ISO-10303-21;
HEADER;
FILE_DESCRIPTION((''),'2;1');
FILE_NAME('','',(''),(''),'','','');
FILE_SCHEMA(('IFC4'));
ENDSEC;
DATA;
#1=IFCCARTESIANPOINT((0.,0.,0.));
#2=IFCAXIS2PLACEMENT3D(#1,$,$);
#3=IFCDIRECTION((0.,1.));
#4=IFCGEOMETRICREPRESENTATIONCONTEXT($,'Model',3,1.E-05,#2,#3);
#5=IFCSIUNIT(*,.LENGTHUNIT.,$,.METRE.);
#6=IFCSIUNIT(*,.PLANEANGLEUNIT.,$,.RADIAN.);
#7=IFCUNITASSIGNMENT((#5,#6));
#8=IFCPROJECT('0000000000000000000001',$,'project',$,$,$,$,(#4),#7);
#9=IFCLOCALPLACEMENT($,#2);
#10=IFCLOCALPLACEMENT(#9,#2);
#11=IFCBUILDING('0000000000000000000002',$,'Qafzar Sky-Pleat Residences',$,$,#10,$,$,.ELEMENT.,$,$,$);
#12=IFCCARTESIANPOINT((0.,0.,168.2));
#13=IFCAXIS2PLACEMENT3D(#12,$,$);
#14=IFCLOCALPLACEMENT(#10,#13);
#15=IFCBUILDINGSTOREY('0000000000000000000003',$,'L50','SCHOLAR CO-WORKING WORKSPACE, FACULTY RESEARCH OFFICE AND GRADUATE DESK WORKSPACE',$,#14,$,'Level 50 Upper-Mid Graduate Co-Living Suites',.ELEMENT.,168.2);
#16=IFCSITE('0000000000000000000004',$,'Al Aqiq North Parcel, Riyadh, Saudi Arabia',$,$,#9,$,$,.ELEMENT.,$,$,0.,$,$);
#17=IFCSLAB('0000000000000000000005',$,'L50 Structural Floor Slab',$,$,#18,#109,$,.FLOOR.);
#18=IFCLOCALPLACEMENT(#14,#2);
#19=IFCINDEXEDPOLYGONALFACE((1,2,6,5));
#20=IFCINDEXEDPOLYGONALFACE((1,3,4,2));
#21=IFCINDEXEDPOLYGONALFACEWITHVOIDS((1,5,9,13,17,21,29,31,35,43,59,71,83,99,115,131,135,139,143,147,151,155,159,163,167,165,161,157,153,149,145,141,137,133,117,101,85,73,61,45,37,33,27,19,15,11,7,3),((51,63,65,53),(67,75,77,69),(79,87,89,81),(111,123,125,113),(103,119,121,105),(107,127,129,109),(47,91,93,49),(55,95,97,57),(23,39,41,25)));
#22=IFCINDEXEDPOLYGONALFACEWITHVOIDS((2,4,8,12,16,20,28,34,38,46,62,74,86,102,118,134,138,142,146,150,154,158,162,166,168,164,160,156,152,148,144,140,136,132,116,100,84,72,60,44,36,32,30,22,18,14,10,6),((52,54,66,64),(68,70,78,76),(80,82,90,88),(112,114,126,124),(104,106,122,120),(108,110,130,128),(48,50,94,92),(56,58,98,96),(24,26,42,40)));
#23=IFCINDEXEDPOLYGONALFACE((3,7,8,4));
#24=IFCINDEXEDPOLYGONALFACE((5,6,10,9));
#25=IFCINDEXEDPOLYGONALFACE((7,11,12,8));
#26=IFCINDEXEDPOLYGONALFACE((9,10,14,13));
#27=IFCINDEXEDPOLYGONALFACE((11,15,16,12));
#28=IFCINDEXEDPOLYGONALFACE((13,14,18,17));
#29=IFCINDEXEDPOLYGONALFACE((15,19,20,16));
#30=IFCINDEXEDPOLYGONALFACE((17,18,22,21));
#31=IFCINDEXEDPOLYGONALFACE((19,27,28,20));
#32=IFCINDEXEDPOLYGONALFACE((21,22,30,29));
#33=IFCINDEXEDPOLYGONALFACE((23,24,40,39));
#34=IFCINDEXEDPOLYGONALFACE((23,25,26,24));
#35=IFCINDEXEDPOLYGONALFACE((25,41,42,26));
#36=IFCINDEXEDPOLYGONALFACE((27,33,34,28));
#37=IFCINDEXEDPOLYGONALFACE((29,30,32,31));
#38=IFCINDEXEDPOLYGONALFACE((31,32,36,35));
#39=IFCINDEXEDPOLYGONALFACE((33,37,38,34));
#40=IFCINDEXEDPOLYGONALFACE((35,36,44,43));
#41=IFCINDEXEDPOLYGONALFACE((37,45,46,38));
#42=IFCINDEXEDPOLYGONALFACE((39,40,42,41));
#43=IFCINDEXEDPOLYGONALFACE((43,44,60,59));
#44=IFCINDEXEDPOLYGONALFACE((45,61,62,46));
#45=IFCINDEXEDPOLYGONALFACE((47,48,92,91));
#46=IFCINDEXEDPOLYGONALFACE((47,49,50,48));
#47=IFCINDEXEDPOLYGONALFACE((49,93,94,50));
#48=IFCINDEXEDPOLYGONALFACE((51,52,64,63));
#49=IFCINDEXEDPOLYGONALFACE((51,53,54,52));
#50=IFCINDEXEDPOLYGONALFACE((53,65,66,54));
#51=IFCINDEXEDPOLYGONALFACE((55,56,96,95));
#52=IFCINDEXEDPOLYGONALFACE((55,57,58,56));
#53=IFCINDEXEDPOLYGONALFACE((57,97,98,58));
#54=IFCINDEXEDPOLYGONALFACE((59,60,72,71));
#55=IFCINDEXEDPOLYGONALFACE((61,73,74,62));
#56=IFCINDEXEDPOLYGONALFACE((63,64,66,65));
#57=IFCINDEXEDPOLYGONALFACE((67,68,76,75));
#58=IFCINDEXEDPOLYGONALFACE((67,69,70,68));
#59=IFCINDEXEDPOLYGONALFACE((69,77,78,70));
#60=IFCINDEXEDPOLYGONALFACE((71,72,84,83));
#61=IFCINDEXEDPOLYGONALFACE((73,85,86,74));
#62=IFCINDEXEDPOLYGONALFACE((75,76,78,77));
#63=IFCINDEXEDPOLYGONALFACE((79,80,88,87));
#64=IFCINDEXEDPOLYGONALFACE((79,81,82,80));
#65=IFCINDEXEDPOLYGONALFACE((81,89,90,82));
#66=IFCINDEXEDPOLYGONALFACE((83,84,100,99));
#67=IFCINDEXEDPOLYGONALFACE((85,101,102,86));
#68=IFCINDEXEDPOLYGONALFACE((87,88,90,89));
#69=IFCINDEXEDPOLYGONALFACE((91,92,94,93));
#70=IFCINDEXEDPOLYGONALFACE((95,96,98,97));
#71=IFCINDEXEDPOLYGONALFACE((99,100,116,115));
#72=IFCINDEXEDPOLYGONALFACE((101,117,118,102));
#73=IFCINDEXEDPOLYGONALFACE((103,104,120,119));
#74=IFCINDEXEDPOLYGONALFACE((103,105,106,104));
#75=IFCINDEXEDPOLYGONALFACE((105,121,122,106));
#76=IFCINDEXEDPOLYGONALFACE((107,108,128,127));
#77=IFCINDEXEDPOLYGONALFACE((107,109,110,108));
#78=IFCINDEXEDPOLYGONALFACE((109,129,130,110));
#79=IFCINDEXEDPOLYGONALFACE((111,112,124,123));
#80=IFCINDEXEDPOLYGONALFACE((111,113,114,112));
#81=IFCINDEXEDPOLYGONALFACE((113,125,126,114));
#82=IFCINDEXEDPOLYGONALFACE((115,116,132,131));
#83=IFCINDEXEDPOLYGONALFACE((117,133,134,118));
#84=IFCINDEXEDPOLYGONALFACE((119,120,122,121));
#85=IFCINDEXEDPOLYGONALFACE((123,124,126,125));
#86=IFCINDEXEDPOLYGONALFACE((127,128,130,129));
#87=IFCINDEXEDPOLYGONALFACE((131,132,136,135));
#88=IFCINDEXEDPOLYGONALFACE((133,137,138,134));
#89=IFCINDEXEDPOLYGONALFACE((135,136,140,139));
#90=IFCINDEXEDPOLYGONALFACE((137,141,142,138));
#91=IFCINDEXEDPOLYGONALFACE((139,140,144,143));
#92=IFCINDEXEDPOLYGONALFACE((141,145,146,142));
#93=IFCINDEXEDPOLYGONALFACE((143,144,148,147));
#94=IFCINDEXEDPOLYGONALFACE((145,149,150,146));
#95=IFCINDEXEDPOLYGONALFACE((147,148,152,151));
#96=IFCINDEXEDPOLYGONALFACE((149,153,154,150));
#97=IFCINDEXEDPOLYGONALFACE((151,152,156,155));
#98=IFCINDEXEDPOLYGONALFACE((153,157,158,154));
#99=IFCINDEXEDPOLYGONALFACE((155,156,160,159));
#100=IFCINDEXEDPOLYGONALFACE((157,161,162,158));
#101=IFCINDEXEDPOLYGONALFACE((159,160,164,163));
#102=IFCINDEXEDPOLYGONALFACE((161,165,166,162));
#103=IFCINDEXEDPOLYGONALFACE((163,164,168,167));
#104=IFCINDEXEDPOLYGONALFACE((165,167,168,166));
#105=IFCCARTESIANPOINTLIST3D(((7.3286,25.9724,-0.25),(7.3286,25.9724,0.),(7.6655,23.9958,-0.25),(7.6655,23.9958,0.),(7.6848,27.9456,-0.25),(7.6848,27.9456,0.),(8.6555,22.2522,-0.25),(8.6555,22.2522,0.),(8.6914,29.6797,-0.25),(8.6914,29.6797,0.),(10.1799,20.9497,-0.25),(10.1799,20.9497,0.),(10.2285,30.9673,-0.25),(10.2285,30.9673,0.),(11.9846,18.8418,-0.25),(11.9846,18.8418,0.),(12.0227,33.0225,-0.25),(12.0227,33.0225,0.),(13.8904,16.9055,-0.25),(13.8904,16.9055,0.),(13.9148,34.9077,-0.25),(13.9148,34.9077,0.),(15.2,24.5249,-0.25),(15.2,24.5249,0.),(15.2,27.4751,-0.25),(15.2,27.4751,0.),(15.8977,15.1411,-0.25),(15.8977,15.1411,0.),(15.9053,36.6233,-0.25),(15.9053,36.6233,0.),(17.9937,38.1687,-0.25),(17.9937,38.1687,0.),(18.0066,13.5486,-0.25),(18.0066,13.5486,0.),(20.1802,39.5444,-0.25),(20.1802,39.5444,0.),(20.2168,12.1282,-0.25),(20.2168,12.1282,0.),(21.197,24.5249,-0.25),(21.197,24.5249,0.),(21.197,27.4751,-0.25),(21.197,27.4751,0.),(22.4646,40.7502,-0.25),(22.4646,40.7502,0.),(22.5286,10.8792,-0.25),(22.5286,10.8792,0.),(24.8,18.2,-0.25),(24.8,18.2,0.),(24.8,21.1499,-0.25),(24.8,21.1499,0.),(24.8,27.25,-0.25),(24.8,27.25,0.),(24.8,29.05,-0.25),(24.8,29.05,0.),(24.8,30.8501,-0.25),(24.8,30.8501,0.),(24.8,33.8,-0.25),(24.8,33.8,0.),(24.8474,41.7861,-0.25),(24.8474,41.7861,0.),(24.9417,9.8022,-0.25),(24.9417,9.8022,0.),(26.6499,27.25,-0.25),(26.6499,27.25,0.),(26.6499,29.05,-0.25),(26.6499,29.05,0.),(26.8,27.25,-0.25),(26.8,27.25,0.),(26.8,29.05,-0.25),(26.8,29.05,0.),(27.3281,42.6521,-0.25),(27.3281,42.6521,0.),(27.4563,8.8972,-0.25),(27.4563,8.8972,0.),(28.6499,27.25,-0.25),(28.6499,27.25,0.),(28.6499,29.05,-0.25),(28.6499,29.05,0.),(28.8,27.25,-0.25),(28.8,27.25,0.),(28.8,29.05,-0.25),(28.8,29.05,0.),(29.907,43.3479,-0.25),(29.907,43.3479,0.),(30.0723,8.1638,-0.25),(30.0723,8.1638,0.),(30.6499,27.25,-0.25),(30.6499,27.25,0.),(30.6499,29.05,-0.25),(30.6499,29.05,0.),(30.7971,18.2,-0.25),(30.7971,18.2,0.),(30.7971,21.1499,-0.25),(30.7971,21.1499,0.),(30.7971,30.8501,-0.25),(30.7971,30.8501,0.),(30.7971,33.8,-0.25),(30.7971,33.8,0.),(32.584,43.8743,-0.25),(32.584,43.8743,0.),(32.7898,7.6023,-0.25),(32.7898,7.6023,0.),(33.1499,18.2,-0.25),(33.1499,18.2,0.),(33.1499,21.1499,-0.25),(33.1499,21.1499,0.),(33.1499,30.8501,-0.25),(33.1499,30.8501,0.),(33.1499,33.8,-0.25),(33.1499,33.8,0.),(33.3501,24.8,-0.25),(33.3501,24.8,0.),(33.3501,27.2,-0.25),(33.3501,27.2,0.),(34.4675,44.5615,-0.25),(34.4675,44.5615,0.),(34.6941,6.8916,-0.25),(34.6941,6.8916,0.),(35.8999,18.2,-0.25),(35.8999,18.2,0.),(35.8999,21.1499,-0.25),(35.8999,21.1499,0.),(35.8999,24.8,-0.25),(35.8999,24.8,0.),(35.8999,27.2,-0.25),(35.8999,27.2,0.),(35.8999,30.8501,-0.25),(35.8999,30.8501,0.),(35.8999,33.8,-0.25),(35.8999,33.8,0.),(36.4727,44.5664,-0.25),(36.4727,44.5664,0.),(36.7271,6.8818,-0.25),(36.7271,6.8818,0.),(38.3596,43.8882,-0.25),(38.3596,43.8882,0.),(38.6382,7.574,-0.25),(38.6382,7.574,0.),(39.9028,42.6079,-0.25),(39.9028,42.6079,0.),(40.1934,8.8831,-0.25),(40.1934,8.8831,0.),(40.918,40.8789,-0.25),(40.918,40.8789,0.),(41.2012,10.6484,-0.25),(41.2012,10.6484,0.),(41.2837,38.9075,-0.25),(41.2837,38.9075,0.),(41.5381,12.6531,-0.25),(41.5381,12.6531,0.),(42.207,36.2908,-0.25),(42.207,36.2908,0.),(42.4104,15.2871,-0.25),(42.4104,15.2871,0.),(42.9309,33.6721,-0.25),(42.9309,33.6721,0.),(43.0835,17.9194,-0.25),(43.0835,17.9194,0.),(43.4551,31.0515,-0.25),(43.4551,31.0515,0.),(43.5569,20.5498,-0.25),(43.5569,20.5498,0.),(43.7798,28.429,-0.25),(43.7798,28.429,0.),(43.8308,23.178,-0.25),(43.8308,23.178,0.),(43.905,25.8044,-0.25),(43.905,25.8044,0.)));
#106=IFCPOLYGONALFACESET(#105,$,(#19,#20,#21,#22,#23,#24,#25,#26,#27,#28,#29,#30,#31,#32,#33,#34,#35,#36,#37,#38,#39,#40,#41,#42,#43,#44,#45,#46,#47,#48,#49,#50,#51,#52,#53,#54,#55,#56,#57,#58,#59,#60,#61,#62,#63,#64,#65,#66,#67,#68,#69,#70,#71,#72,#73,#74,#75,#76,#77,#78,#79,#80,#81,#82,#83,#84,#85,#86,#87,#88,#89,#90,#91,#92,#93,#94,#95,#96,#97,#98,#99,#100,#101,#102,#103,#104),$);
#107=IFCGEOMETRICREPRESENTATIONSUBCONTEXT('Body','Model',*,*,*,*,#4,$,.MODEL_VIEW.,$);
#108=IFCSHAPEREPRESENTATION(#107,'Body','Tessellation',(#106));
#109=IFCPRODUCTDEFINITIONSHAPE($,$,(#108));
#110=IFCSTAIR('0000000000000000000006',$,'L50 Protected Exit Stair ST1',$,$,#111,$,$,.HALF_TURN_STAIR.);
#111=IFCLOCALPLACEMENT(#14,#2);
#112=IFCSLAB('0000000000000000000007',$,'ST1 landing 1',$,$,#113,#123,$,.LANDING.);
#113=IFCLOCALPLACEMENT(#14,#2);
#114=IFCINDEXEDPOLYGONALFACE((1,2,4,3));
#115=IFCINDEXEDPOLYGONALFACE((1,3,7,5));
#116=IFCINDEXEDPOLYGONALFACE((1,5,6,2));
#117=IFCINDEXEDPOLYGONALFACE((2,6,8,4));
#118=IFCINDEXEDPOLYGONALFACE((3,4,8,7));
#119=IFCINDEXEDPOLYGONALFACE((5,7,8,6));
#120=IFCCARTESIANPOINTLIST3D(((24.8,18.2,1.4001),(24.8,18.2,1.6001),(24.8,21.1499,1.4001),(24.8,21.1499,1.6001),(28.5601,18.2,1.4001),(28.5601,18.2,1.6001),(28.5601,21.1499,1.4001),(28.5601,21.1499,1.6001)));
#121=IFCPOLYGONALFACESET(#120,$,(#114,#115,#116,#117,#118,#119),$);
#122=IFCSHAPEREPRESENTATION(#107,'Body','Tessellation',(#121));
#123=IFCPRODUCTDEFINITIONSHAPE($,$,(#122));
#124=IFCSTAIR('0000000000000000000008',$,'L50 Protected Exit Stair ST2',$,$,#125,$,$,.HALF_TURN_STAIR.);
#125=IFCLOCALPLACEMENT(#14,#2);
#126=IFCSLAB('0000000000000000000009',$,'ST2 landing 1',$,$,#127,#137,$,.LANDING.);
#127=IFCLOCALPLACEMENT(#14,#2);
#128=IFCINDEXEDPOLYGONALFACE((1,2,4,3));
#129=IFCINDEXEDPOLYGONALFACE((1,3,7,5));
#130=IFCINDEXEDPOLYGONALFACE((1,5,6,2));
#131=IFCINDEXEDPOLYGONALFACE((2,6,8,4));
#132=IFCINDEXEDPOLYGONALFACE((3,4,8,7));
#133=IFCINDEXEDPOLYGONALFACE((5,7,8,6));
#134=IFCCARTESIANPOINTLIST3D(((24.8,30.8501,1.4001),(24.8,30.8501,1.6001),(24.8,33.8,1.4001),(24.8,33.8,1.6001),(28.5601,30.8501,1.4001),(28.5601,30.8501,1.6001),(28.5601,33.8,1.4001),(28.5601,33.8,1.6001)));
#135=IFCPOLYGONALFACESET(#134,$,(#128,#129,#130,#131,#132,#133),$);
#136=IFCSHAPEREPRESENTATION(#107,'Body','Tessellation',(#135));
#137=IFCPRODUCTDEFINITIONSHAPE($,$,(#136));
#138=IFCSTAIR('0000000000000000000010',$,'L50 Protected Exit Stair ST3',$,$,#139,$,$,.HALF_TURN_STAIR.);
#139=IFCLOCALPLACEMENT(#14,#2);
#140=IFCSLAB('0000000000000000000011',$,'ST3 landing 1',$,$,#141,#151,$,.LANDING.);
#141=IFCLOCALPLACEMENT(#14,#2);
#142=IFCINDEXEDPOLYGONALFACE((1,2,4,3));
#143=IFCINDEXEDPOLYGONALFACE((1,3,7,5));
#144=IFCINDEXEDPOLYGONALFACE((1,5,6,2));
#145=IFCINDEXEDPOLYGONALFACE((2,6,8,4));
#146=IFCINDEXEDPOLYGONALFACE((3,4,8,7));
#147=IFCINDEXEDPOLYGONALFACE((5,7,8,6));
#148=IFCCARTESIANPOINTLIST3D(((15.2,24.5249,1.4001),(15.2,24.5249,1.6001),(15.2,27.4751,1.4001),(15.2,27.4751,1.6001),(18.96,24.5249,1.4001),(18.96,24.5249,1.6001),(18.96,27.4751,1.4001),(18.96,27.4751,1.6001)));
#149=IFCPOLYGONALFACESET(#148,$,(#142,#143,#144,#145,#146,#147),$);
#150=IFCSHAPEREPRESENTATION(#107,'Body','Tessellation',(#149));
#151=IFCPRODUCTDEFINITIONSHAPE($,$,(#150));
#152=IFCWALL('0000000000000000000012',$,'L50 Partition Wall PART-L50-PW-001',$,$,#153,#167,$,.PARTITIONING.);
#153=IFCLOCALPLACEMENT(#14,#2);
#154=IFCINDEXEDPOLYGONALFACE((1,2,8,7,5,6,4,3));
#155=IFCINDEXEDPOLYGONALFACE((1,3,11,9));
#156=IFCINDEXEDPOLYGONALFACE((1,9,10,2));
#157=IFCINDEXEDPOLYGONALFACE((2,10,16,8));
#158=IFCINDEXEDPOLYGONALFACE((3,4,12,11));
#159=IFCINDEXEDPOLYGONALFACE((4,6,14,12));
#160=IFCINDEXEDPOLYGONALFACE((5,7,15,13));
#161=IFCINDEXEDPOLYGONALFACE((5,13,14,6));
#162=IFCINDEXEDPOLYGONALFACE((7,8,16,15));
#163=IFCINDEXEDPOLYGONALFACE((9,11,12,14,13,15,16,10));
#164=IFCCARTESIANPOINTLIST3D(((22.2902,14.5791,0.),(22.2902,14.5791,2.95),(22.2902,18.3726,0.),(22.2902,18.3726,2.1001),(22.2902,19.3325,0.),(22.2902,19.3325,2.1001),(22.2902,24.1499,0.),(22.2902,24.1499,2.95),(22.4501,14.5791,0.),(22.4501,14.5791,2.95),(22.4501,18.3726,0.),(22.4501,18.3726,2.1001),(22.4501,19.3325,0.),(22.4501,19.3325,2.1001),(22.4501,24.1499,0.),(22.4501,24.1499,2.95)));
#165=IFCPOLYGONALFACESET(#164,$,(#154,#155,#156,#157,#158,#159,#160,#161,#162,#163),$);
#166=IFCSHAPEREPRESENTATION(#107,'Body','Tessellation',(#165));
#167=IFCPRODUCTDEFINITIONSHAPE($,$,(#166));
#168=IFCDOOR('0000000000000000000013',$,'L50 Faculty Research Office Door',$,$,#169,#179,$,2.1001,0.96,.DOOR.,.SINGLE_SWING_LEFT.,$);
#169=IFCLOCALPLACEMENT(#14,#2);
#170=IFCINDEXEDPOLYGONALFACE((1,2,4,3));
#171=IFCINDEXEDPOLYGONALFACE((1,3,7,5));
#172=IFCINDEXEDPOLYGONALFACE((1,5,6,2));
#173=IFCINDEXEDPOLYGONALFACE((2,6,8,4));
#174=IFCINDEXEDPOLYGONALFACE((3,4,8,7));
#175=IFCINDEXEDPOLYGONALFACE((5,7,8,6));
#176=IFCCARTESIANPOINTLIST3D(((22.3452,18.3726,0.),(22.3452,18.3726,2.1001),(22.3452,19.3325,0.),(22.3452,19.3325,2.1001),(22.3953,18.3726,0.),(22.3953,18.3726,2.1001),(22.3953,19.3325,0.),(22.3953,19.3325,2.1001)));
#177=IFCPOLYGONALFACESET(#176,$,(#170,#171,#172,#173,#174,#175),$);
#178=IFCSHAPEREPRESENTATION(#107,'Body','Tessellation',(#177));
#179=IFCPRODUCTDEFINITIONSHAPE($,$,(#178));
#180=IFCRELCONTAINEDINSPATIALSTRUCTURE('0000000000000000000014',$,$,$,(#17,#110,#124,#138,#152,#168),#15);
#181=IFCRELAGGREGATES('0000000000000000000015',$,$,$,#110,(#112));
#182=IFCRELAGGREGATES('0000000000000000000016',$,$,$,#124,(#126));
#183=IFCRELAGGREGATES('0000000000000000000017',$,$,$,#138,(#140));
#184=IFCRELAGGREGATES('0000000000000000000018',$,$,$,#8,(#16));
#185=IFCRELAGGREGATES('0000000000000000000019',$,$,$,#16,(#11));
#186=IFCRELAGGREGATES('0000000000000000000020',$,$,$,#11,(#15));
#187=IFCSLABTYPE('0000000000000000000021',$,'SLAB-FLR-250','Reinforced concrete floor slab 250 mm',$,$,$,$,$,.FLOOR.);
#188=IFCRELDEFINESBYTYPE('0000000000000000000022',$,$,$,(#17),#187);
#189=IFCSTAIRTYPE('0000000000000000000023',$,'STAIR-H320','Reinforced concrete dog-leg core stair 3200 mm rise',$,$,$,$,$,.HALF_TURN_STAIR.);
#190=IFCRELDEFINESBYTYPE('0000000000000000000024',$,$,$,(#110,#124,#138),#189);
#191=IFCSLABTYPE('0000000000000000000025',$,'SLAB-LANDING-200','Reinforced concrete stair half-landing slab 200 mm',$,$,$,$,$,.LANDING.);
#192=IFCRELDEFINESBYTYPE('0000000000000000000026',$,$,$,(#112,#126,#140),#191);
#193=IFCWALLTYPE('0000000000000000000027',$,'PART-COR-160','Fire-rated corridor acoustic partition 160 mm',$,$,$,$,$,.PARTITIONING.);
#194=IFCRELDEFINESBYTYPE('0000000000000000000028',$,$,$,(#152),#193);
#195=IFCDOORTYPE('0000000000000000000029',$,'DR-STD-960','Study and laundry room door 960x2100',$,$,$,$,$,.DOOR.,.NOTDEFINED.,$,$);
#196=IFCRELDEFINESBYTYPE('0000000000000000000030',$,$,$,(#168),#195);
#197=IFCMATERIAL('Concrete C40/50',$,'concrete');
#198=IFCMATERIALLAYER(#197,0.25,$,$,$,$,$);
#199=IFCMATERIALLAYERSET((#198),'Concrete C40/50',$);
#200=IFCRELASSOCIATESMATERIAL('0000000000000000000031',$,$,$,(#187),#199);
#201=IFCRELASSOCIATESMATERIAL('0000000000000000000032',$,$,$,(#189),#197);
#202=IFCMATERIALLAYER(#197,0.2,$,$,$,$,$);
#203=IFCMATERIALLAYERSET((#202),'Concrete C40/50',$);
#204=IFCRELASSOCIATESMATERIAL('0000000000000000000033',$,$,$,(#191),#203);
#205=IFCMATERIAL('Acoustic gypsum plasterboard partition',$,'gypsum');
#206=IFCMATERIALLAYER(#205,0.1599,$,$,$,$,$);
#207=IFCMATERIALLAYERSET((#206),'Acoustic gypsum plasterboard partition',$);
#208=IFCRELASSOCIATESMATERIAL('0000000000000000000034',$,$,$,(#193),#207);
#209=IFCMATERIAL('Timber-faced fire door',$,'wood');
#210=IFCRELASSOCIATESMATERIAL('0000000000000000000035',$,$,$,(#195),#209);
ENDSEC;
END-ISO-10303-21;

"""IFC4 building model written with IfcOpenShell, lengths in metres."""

from ifc_helpers import new_model, si_unit, direction, frame, frame_2d, origin, place, context, subcontext, project, spatial, polyline, rectangle, outline, extrude, source, transform, mapped, material, layer, layer_set, type_object, element, fill, aggregate, save


model = new_model("IFC4")

# Units and contexts
model_context = context("Model", 3, precision=1e-05, world=origin(), true_north=direction((0.0, 1.0)))
body_context = subcontext(model_context, "Body", "Model", "MODEL_VIEW")
ifc_project = project(units=[si_unit("LENGTHUNIT", "METRE"), si_unit("PLANEANGLEUNIT", "RADIAN")], contexts=[model_context])

# Site, building, storey
site_placement = place(None, origin())
site = spatial("IfcSite", under=ifc_project, at=site_placement, Name="Al Aqiq North Parcel, Riyadh, Saudi Arabia", CompositionType="ELEMENT", RefElevation=0.0)
building_placement = place(site_placement, origin())
building = spatial("IfcBuilding", under=site, at=building_placement, Name="Qafzar Sky-Pleat Residences", CompositionType="ELEMENT")
storey_placement = place(building_placement, frame((0.0, 0.0, 168.2)))
storey = spatial("IfcBuildingStorey", under=building, at=storey_placement, Name="L50", Description="SCHOLAR CO-WORKING WORKSPACE, FACULTY RESEARCH OFFICE AND GRADUATE DESK WORKSPACE", LongName="Level 50 Upper-Mid Graduate Co-Living Suites", CompositionType="ELEMENT", Elevation=168.2)

# Slab
ifc_material_1 = material(Name="Concrete C40/50", Category="concrete")
ifc_layer_1 = layer(ifc_material_1, 0.25)
ifc_layer_set_1 = layer_set([ifc_layer_1], Name="Concrete C40/50")
slab_type_1 = type_object("IfcSlabType", Name="SLAB-FLR-250", Description="Reinforced concrete floor slab 250 mm", PredefinedType="FLOOR", material=ifc_layer_set_1)
slab_1_placement = place(storey_placement, frame((0.0, 0.0, -0.25)))
element("IfcSlab", 1, at=slab_1_placement, inside=storey, type_object=slab_type_1, Name="L50 Structural Floor Slab", PredefinedType="FLOOR", context=body_context, shape_type="SweptSolid", body=[
    extrude(outline(polyline([(10.2285, 30.9673), (8.6914, 29.6797), (7.6848, 27.9456), (7.3286, 25.9724), (7.6655, 23.9958), (8.6555, 22.2522), (10.1799, 20.9497), (11.9846, 18.8418), (13.8904, 16.9055), (15.8977, 15.1411), (18.0066, 13.5486), (20.2168, 12.1282), (22.5286, 10.8792), (24.9417, 9.8022), (27.4563, 8.8972), (30.0723, 8.1638), (32.7898, 7.6023), (34.6941, 6.8916), (36.7271, 6.8818), (38.6382, 7.574), (40.1934, 8.8831), (41.2012, 10.6484), (41.5381, 12.6531), (42.4104, 15.2871), (43.0835, 17.9194), (43.5569, 20.5498), (43.8308, 23.178), (43.905, 25.8044), (43.7798, 28.429), (43.4551, 31.0515), (42.9309, 33.6721), (42.207, 36.2908), (41.2837, 38.9075), (40.918, 40.8789), (39.9028, 42.6079), (38.3596, 43.8882), (36.4727, 44.5664), (34.4675, 44.5615), (32.584, 43.8743), (29.907, 43.3479), (27.3281, 42.6521), (24.8474, 41.7861), (22.4646, 40.7502), (20.1802, 39.5444), (17.9937, 38.1687), (15.9053, 36.6233), (13.9148, 34.9077), (12.0227, 33.0225), (10.2285, 30.9673)]), holes=[polyline([(30.7971, 21.1499), (24.8, 21.1499), (24.8, 18.2), (30.7971, 18.2), (30.7971, 21.1499)]), polyline([(30.7971, 33.8), (24.8, 33.8), (24.8, 30.8501), (30.7971, 30.8501), (30.7971, 33.8)]), polyline([(21.197, 27.4751), (15.2, 27.4751), (15.2, 24.5249), (21.197, 24.5249), (21.197, 27.4751)]), polyline([(24.8, 27.25), (26.6499, 27.25), (26.6499, 29.05), (24.8, 29.05), (24.8, 27.25)]), polyline([(26.8, 27.25), (28.6499, 27.25), (28.6499, 29.05), (26.8, 29.05), (26.8, 27.25)]), polyline([(28.8, 27.25), (30.6499, 27.25), (30.6499, 29.05), (28.8, 29.05), (28.8, 27.25)]), polyline([(33.1499, 18.2), (35.8999, 18.2), (35.8999, 21.1499), (33.1499, 21.1499), (33.1499, 18.2)]), polyline([(33.1499, 30.8501), (35.8999, 30.8501), (35.8999, 33.8), (33.1499, 33.8), (33.1499, 30.8501)]), polyline([(33.3501, 24.8), (35.8999, 24.8), (35.8999, 27.2), (33.3501, 27.2), (33.3501, 24.8)])]), origin(), (0.0, 0.0, 1.0), 0.25),
])

# Stairs, slabs
stair_type = type_object("IfcStairType", Name="STAIR-H320", Description="Reinforced concrete dog-leg core stair 3200 mm rise", PredefinedType="HALF_TURN_STAIR", material=ifc_material_1)
stair_1_placement = place(storey_placement, origin())
stair_1 = element("IfcStair", 2, at=stair_1_placement, inside=storey, type_object=stair_type, Name="L50 Protected Exit Stair ST1", PredefinedType="HALF_TURN_STAIR")
ifc_layer_2 = layer(ifc_material_1, 0.2)
ifc_layer_set_2 = layer_set([ifc_layer_2], Name="Concrete C40/50")
slab_type_2 = type_object("IfcSlabType", Name="SLAB-LANDING-200", Description="Reinforced concrete stair half-landing slab 200 mm", PredefinedType="LANDING", material=ifc_layer_set_2)
slab_2_placement = place(storey_placement, frame((0.0, 0.0, 1.4001)))
slab_2 = element("IfcSlab", 3, at=slab_2_placement, type_object=slab_type_2, Name="ST1 landing 1", PredefinedType="LANDING", context=body_context, shape_type="SweptSolid", body=[
    extrude(outline(polyline([(28.5601, 21.1499), (24.8, 21.1499), (24.8, 18.2), (28.5601, 18.2), (28.5601, 21.1499)])), origin(), (0.0, 0.0, 1.0), 0.2),
])
aggregate(stair_1, [slab_2])
stair_2_placement = place(storey_placement, origin())
stair_2 = element("IfcStair", 4, at=stair_2_placement, inside=storey, type_object=stair_type, Name="L50 Protected Exit Stair ST2", PredefinedType="HALF_TURN_STAIR")
slab_3_placement = place(storey_placement, frame((0.0, 0.0, 1.4001)))
slab_3 = element("IfcSlab", 5, at=slab_3_placement, type_object=slab_type_2, Name="ST2 landing 1", PredefinedType="LANDING", context=body_context, shape_type="SweptSolid", body=[
    extrude(outline(polyline([(28.5601, 33.8), (24.8, 33.8), (24.8, 30.8501), (28.5601, 30.8501), (28.5601, 33.8)])), origin(), (0.0, 0.0, 1.0), 0.2),
])
aggregate(stair_2, [slab_3])
stair_3_placement = place(storey_placement, origin())
stair_3 = element("IfcStair", 6, at=stair_3_placement, inside=storey, type_object=stair_type, Name="L50 Protected Exit Stair ST3", PredefinedType="HALF_TURN_STAIR")
slab_4_placement = place(storey_placement, frame((0.0, 0.0, 1.4001)))
slab_4 = element("IfcSlab", 7, at=slab_4_placement, type_object=slab_type_2, Name="ST3 landing 1", PredefinedType="LANDING", context=body_context, shape_type="SweptSolid", body=[
    extrude(outline(polyline([(18.96, 27.4751), (15.2, 27.4751), (15.2, 24.5249), (18.96, 24.5249), (18.96, 27.4751)])), origin(), (0.0, 0.0, 1.0), 0.2),
])
aggregate(stair_3, [slab_4])

# Wall, opening, door
ifc_material_2 = material(Name="Acoustic gypsum plasterboard partition", Category="gypsum")
ifc_layer_3 = layer(ifc_material_2, 0.1599)
ifc_layer_set_3 = layer_set([ifc_layer_3], Name="Acoustic gypsum plasterboard partition")
wall_type_1 = type_object("IfcWallType", Name="PART-COR-160", Description="Fire-rated corridor acoustic partition 160 mm", PredefinedType="PARTITIONING", material=ifc_layer_set_3)
wall_1_placement = place(storey_placement, frame((22.3701, 14.5791, 0.0), z_axis=(0.0, 0.0, 1.0), x_axis=(0.0, 1.0, 0.0)))
wall_1 = element("IfcWall", 8, at=wall_1_placement, inside=storey, type_object=wall_type_1, Name="L50 Partition Wall PART-L50-PW-001", PredefinedType="PARTITIONING", context=body_context, shape_type="SweptSolid", body=[
    extrude(rectangle(XDim=9.5708, YDim=0.1599, at=frame_2d((4.7854, 0.0))), origin(), (0.0, 0.0, 1.0), 2.95),
])
opening_1_placement = place(wall_1_placement, frame((3.7935, 0.0, 0.0)))
opening_1 = element("IfcOpeningElement", 9, at=opening_1_placement, cuts=wall_1, PredefinedType="OPENING", context=body_context, shape_type="SweptSolid", body=[
    extrude(rectangle(XDim=0.96, YDim=2.1001, at=frame_2d((0.48, 1.05))), frame((0.0, 0.0898, 0.0), z_axis=(0.0, -1.0, 0.0), x_axis=(1.0, 0.0, 0.0)), (0.0, 0.0, 1.0), 0.1799),
])
ifc_material_3 = material(Name="Timber-faced fire door", Category="wood")
door_type = type_object("IfcDoorType", Name="DR-STD-960", Description="Study and laundry room door 960x2100", OperationType="NOTDEFINED", PredefinedType="DOOR", material=ifc_material_3)
shared_shape_1 = source(origin(), body_context, "Body", "SweptSolid", [
    extrude(rectangle(XDim=0.96, YDim=2.1001, at=frame_2d((0.48, 1.05))), frame((0.0, 0.0249, 0.0), z_axis=(0.0, -1.0, 0.0), x_axis=(1.0, 0.0, 0.0)), (0.0, 0.0, 1.0), 0.05),
])
door_placement = place(opening_1_placement, origin())
door = element("IfcDoor", 10, at=door_placement, inside=storey, type_object=door_type, Name="L50 Faculty Research Office Door", OperationType="SINGLE_SWING_LEFT", OverallHeight=2.1001, OverallWidth=0.96, PredefinedType="DOOR", context=body_context, shape_type="MappedRepresentation", body=[
    mapped(shared_shape_1, transform((0.0, 0.0, 0.0), x_axis=(1.0, 0.0, 0.0), y_axis=(0.0, 1.0, 0.0), z_axis=(0.0, 0.0, 1.0), scale=1.0)),
])
fill(opening_1, door)

save(model, "model.ifc")
